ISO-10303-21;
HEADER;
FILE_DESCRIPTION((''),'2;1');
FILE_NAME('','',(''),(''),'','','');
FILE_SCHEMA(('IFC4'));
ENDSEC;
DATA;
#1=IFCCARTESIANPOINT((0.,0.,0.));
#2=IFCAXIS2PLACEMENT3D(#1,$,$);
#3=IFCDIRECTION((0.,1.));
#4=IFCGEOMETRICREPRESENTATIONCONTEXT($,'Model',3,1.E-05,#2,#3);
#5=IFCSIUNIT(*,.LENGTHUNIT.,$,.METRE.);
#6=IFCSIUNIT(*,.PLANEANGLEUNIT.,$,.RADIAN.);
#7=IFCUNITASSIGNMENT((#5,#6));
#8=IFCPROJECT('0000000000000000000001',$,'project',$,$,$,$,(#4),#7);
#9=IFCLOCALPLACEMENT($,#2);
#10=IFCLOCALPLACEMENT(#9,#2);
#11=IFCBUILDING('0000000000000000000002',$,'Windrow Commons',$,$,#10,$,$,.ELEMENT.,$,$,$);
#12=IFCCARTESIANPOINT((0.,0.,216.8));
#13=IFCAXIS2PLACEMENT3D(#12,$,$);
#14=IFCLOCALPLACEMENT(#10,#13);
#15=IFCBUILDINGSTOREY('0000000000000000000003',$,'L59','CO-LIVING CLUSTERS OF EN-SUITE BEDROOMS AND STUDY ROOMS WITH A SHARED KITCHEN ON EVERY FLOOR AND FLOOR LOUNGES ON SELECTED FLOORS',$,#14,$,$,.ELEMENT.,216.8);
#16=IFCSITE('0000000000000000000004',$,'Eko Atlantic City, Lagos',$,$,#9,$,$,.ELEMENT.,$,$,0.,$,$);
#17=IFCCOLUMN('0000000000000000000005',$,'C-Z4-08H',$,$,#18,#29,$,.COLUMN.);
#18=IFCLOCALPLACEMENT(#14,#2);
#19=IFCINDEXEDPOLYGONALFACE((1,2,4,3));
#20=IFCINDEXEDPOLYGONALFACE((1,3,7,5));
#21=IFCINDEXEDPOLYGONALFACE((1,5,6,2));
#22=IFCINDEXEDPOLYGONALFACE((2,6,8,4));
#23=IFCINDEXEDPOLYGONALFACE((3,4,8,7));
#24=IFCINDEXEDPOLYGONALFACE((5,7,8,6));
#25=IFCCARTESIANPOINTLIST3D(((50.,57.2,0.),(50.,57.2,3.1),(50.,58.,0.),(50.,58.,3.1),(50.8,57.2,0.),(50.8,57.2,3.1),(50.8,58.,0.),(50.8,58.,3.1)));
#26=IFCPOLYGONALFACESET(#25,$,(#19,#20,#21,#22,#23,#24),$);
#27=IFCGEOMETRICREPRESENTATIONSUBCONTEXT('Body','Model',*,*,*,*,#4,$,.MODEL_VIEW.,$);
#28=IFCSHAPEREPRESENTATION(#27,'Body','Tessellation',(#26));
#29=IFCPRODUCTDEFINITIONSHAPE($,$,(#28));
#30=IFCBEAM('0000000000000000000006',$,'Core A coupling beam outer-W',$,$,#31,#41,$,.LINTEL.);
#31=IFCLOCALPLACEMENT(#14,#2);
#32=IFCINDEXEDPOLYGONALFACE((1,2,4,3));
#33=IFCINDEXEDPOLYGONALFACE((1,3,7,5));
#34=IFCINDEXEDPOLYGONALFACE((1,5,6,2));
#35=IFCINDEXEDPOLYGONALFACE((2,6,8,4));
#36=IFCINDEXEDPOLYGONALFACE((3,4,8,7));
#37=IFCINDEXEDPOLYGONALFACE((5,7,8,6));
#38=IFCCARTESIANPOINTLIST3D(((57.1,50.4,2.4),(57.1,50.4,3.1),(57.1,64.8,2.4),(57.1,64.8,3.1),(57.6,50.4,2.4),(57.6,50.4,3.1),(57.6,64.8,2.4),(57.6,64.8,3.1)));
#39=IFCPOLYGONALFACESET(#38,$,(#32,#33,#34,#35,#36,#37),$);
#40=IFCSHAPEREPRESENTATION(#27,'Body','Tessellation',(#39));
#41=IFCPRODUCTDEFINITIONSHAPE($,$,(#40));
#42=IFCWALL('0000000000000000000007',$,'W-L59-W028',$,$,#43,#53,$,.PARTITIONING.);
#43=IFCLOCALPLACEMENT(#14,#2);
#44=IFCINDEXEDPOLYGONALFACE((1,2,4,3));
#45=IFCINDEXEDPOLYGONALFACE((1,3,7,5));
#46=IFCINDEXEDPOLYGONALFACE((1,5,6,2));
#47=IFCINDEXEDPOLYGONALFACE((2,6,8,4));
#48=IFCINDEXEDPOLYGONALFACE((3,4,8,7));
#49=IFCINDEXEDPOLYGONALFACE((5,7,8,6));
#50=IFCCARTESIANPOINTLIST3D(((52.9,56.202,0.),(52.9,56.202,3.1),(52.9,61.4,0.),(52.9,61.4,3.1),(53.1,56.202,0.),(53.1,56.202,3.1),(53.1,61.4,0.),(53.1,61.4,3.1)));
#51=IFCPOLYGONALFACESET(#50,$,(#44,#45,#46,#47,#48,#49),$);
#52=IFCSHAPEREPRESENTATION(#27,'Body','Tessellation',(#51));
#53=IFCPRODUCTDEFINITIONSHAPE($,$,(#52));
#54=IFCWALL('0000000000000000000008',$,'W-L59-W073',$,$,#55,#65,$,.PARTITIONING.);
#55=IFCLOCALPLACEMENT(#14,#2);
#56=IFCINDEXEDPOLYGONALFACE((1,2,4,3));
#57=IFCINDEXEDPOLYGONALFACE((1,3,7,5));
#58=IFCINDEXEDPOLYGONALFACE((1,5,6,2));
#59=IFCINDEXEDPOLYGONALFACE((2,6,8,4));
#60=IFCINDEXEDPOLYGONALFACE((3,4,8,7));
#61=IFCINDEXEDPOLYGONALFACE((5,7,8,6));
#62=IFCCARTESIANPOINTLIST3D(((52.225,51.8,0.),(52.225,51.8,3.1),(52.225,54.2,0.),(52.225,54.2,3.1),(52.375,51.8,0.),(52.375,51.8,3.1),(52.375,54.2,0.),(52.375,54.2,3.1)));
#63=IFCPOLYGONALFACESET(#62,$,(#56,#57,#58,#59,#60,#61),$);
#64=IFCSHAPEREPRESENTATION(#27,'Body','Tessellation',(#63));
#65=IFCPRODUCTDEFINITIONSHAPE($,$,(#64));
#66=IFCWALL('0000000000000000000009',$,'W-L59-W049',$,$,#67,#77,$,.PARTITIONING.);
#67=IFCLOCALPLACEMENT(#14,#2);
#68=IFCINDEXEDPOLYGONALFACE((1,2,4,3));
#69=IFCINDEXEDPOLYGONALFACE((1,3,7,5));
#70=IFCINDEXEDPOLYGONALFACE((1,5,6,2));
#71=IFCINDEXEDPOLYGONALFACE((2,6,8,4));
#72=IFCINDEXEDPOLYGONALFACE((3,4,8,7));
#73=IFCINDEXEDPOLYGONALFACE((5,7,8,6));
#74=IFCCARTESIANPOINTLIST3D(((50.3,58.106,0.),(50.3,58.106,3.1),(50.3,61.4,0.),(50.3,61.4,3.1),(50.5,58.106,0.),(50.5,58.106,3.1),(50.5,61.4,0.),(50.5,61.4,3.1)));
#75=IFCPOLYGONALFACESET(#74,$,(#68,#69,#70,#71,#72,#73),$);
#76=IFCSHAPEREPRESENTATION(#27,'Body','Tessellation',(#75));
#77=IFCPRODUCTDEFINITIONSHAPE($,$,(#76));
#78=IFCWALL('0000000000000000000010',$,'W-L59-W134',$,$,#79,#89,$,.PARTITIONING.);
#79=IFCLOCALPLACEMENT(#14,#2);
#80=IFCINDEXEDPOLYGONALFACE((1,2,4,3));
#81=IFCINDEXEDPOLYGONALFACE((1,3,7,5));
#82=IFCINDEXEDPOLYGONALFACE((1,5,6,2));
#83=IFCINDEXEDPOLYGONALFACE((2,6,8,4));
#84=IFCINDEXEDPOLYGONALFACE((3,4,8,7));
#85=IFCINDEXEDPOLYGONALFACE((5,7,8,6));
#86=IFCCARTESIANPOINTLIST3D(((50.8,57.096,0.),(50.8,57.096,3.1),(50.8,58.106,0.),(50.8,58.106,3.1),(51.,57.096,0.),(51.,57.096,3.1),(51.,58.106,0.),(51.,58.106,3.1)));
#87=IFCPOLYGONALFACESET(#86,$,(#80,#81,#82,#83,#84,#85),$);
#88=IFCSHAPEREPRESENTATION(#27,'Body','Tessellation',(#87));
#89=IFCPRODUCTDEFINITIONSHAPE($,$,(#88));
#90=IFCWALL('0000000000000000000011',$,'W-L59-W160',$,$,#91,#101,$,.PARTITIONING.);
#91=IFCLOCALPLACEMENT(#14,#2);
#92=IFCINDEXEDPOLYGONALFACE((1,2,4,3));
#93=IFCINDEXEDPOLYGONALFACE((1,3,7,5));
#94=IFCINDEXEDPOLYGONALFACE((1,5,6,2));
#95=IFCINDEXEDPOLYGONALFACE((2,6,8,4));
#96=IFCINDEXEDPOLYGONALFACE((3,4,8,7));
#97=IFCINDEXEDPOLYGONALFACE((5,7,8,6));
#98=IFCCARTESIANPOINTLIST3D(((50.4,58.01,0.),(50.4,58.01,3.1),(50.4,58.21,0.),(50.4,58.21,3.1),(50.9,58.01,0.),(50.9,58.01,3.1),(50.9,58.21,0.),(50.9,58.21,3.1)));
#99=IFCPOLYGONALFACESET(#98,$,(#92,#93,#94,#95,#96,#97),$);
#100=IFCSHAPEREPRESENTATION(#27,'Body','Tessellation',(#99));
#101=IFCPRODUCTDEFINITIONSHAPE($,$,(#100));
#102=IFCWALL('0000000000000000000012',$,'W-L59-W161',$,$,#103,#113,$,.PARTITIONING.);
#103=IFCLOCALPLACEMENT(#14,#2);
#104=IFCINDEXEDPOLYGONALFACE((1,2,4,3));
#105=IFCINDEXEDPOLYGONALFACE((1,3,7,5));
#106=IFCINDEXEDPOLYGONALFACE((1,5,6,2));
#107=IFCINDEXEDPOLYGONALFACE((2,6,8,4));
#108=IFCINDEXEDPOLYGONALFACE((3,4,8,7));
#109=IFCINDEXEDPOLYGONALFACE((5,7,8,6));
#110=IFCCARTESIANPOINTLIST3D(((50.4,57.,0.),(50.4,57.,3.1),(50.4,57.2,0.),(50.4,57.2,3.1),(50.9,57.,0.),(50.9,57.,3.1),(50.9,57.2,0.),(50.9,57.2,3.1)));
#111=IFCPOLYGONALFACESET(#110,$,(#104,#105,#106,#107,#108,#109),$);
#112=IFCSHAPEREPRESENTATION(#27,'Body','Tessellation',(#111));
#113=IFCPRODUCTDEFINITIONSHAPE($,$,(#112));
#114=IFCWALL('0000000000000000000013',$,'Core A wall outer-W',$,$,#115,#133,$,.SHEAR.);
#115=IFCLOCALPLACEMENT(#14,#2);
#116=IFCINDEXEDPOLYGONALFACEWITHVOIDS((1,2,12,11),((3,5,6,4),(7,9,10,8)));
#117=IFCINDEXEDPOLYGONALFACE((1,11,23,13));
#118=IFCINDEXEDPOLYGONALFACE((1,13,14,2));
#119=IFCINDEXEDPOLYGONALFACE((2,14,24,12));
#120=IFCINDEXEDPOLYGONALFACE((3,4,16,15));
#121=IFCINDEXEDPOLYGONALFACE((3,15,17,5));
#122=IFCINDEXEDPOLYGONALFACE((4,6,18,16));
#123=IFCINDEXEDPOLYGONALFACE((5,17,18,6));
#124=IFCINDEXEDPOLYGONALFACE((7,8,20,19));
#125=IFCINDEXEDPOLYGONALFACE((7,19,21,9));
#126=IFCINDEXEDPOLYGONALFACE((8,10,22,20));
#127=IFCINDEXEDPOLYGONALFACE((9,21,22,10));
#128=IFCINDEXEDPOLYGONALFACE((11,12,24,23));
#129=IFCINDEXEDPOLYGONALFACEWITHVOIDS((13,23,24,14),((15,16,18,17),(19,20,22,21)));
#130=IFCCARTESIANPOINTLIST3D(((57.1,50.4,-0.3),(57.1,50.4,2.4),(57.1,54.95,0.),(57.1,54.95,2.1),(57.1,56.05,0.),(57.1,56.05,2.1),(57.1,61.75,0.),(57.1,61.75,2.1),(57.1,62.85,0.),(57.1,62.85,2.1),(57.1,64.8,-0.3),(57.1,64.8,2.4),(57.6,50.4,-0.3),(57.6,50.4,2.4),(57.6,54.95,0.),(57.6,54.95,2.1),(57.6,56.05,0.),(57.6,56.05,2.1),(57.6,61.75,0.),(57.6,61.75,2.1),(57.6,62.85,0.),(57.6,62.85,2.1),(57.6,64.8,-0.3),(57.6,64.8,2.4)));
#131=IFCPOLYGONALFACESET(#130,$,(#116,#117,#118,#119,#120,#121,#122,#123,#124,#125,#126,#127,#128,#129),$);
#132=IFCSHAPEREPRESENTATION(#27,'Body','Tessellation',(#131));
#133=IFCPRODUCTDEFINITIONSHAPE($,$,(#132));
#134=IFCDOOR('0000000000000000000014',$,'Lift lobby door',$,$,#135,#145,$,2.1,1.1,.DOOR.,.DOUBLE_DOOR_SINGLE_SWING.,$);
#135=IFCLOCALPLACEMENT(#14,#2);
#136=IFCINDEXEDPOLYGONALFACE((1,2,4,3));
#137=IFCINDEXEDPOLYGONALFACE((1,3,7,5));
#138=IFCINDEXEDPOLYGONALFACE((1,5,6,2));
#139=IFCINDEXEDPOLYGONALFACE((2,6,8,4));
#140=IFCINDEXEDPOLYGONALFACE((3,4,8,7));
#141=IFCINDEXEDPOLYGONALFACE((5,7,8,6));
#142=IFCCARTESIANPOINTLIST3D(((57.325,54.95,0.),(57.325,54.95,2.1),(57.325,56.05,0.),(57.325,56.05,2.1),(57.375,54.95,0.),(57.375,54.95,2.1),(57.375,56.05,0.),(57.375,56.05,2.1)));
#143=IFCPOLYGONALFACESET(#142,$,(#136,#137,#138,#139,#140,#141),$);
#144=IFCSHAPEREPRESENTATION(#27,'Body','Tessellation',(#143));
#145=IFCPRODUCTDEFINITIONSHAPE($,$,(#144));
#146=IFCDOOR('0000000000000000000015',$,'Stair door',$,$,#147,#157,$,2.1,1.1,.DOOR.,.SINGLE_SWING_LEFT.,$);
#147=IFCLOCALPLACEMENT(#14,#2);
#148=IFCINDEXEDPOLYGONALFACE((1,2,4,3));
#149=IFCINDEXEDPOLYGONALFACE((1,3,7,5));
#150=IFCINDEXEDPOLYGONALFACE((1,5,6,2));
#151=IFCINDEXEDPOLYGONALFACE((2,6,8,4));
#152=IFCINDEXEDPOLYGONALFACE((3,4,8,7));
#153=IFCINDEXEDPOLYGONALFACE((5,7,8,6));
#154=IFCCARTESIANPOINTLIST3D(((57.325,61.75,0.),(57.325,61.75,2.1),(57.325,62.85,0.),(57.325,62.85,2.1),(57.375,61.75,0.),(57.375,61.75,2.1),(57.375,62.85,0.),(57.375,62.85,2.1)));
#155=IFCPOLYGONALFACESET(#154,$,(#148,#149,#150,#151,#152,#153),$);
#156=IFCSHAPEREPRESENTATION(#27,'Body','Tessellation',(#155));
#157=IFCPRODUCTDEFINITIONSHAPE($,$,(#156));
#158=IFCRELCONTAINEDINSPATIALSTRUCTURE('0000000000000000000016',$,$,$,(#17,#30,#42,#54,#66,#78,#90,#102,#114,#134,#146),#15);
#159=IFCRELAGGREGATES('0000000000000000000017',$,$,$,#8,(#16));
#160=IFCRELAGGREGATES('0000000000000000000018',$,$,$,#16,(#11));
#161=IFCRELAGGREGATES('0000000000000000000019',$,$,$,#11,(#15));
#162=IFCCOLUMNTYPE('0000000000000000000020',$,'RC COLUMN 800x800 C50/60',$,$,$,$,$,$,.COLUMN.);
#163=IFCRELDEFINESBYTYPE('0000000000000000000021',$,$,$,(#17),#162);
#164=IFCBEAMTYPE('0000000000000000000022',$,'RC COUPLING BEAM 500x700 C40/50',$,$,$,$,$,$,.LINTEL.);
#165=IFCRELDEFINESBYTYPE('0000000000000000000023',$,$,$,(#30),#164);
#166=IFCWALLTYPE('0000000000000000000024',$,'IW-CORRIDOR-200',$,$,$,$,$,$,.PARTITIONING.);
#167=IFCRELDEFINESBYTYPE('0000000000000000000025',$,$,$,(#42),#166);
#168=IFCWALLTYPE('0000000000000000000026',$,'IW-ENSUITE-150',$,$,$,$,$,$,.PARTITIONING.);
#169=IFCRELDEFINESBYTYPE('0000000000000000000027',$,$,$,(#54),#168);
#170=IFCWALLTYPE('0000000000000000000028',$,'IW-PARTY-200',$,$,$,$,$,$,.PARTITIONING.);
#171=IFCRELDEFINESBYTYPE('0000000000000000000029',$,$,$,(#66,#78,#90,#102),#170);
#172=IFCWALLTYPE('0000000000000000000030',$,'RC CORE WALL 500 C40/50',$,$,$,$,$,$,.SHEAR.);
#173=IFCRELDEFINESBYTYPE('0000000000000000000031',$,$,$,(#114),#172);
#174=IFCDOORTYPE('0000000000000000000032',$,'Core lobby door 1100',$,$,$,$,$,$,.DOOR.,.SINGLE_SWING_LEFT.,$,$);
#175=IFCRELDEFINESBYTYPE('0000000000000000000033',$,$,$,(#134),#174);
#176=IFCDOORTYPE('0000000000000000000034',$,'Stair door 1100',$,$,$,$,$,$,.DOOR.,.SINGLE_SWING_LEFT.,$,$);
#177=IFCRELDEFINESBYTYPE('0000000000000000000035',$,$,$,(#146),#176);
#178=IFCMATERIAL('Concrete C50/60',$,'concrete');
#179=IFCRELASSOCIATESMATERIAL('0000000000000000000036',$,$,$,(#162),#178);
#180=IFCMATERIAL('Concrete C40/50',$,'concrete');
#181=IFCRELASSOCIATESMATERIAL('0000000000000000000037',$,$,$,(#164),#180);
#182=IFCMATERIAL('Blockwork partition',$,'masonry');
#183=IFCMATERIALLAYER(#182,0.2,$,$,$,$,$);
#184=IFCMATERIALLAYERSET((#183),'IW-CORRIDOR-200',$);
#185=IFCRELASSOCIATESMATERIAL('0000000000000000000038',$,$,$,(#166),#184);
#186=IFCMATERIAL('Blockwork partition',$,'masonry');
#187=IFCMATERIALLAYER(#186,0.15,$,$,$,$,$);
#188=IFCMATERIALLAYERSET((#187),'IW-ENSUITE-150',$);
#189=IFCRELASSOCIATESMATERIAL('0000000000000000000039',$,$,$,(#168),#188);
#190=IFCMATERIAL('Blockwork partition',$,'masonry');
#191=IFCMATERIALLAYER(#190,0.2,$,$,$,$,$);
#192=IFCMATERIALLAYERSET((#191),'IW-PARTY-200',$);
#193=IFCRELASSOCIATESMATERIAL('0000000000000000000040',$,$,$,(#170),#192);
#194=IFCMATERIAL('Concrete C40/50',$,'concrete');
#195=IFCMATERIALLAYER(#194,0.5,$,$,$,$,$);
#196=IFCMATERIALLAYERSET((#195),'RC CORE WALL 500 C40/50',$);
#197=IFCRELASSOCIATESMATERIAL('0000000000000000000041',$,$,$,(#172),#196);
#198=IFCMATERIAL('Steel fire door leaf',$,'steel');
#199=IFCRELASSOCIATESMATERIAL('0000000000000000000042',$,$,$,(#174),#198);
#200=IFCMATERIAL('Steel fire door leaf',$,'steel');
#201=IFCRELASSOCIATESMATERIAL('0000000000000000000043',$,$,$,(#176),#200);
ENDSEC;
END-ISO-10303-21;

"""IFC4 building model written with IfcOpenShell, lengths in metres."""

from ifc_helpers import new_model, si_unit, direction, frame, frame_2d, origin, origin_2d, place, context, subcontext, project, spatial, rectangle, extrude, material, layer, layer_set, material_profile, profile_set, type_object, element, fill, save


model = new_model("IFC4")

# Units and contexts
model_context = context("Model", 3, precision=1e-05, world=origin(), true_north=direction((0.0, 1.0)))
body_context = subcontext(model_context, "Body", "Model", "MODEL_VIEW")
ifc_project = project(units=[si_unit("LENGTHUNIT", "METRE"), si_unit("PLANEANGLEUNIT", "RADIAN")], contexts=[model_context])

# Site, building, storey
site_placement = place(None, origin())
site = spatial("IfcSite", under=ifc_project, at=site_placement, Name="Eko Atlantic City, Lagos", CompositionType="ELEMENT", RefElevation=0.0)
building_placement = place(site_placement, origin())
building = spatial("IfcBuilding", under=site, at=building_placement, Name="Windrow Commons", CompositionType="ELEMENT")
storey_placement = place(building_placement, frame((0.0, 0.0, 216.8)))
storey = spatial("IfcBuildingStorey", under=building, at=storey_placement, Name="L59", Description="CO-LIVING CLUSTERS OF EN-SUITE BEDROOMS AND STUDY ROOMS WITH A SHARED KITCHEN ON EVERY FLOOR AND FLOOR LOUNGES ON SELECTED FLOORS", CompositionType="ELEMENT", Elevation=216.8)

# Column
ifc_material_1 = material(Name="Concrete C50/60", Category="concrete")
ifc_material_profile_1 = material_profile(ifc_material_1, rectangle(XDim=0.8, YDim=0.8, at=origin_2d()))
ifc_profile_set_1 = profile_set([ifc_material_profile_1], Name="Concrete C50/60")
column_type = type_object("IfcColumnType", Name="RC COLUMN 800x800 C50/60", PredefinedType="COLUMN", material=ifc_profile_set_1)
column_placement = place(storey_placement, frame((50.4, 57.6, 0.0), z_axis=(0.0, 0.0, 1.0), x_axis=(1.0, 0.0, 0.0)))
element("IfcColumn", 1, at=column_placement, inside=storey, type_object=column_type, Name="C-Z4-08H", PredefinedType="COLUMN", context=body_context, shape_type="SweptSolid", body=[
    extrude(rectangle(XDim=0.8, YDim=0.8, at=origin_2d()), origin(), (0.0, 0.0, 1.0), 3.1),
])

# Beam
ifc_material_2 = material(Name="Concrete C40/50", Category="concrete")
ifc_material_profile_2 = material_profile(ifc_material_2, rectangle(XDim=0.5, YDim=0.7, at=origin_2d()))
ifc_profile_set_2 = profile_set([ifc_material_profile_2], Name="Concrete C40/50")
beam_type = type_object("IfcBeamType", Name="RC COUPLING BEAM 500x700 C40/50", PredefinedType="LINTEL", material=ifc_profile_set_2)
beam_placement = place(storey_placement, frame((57.35, 50.4, 2.75), z_axis=(0.0, 1.0, 0.0), x_axis=(-1.0, 0.0, 0.0)))
element("IfcBeam", 2, at=beam_placement, inside=storey, type_object=beam_type, Name="Core A coupling beam outer-W", PredefinedType="LINTEL", context=body_context, shape_type="SweptSolid", body=[
    extrude(rectangle(XDim=0.5, YDim=0.7, at=origin_2d()), origin(), (0.0, 0.0, 1.0), 14.4),
])

# Walls
ifc_material_3 = material(Name="Blockwork partition", Category="masonry")
ifc_layer_1 = layer(ifc_material_3, 0.2)
ifc_layer_set_1 = layer_set([ifc_layer_1], Name="IW-CORRIDOR-200")
wall_type_1 = type_object("IfcWallType", Name="IW-CORRIDOR-200", PredefinedType="PARTITIONING", material=ifc_layer_set_1)
wall_1_placement = place(storey_placement, frame((53.0, 56.202, 0.0), z_axis=(0.0, 0.0, 1.0), x_axis=(0.0, 1.0, 0.0)))
element("IfcWall", 3, at=wall_1_placement, inside=storey, type_object=wall_type_1, Name="W-L59-W028", PredefinedType="PARTITIONING", context=body_context, shape_type="SweptSolid", body=[
    extrude(rectangle(XDim=5.198, YDim=0.2, at=frame_2d((2.599, 0.0))), origin(), (0.0, 0.0, 1.0), 3.1),
])
ifc_material_4 = material(Name="Blockwork partition", Category="masonry")
ifc_layer_2 = layer(ifc_material_4, 0.15)
ifc_layer_set_2 = layer_set([ifc_layer_2], Name="IW-ENSUITE-150")
wall_type_2 = type_object("IfcWallType", Name="IW-ENSUITE-150", PredefinedType="PARTITIONING", material=ifc_layer_set_2)
wall_2_placement = place(storey_placement, frame((52.3, 51.8, 0.0), z_axis=(0.0, 0.0, 1.0), x_axis=(0.0, 1.0, 0.0)))
element("IfcWall", 4, at=wall_2_placement, inside=storey, type_object=wall_type_2, Name="W-L59-W073", PredefinedType="PARTITIONING", context=body_context, shape_type="SweptSolid", body=[
    extrude(rectangle(XDim=2.4, YDim=0.15, at=frame_2d((1.2, 0.0))), origin(), (0.0, 0.0, 1.0), 3.1),
])
ifc_material_5 = material(Name="Blockwork partition", Category="masonry")
ifc_layer_3 = layer(ifc_material_5, 0.2)
ifc_layer_set_3 = layer_set([ifc_layer_3], Name="IW-PARTY-200")
wall_type_3 = type_object("IfcWallType", Name="IW-PARTY-200", PredefinedType="PARTITIONING", material=ifc_layer_set_3)
wall_3_placement = place(storey_placement, frame((50.4, 58.106, 0.0), z_axis=(0.0, 0.0, 1.0), x_axis=(0.0, 1.0, 0.0)))
element("IfcWall", 5, at=wall_3_placement, inside=storey, type_object=wall_type_3, Name="W-L59-W049", PredefinedType="PARTITIONING", context=body_context, shape_type="SweptSolid", body=[
    extrude(rectangle(XDim=3.294, YDim=0.2, at=frame_2d((1.647, 0.0))), origin(), (0.0, 0.0, 1.0), 3.1),
])
wall_4_placement = place(storey_placement, frame((50.9, 57.096, 0.0), z_axis=(0.0, 0.0, 1.0), x_axis=(0.0, 1.0, 0.0)))
element("IfcWall", 6, at=wall_4_placement, inside=storey, type_object=wall_type_3, Name="W-L59-W134", PredefinedType="PARTITIONING", context=body_context, shape_type="SweptSolid", body=[
    extrude(rectangle(XDim=1.01, YDim=0.2, at=frame_2d((0.505, 0.0))), origin(), (0.0, 0.0, 1.0), 3.1),
])
for number, where, z_axis, x_axis, name in (
    (7, (50.4, 58.11, 0.0), (0.0, 0.0, 1.0), (1.0, 0.0, 0.0), "W-L59-W160"),
    (8, (50.4, 57.1, 0.0), (0.0, 0.0, 1.0), (1.0, 0.0, 0.0), "W-L59-W161"),
):
    element("IfcWall", number, at=place(storey_placement, frame(where, z_axis=z_axis, x_axis=x_axis)), inside=storey, type_object=wall_type_3, Name=name, PredefinedType="PARTITIONING", context=body_context, shape_type="SweptSolid", body=[
        extrude(rectangle(XDim=0.5, YDim=0.2, at=frame_2d((0.25, 0.0))), origin(), (0.0, 0.0, 1.0), 3.1),
    ])

# Wall, openings, doors
ifc_material_6 = material(Name="Concrete C40/50", Category="concrete")
ifc_layer_4 = layer(ifc_material_6, 0.5)
ifc_layer_set_4 = layer_set([ifc_layer_4], Name="RC CORE WALL 500 C40/50")
wall_type_4 = type_object("IfcWallType", Name="RC CORE WALL 500 C40/50", PredefinedType="SHEAR", material=ifc_layer_set_4)
wall_5_placement = place(storey_placement, frame((57.35, 50.4, -0.3), z_axis=(0.0, 0.0, 1.0), x_axis=(0.0, 1.0, 0.0)))
wall_5 = element("IfcWall", 9, at=wall_5_placement, inside=storey, type_object=wall_type_4, Name="Core A wall outer-W", PredefinedType="SHEAR", context=body_context, shape_type="SweptSolid", body=[
    extrude(rectangle(XDim=14.4, YDim=0.5, at=frame_2d((7.2, 0.0))), origin(), (0.0, 0.0, 1.0), 2.7),
])
opening_1_placement = place(wall_5_placement, frame((4.55, 0.0, 0.3)))
opening_1 = element("IfcOpeningElement", 10, at=opening_1_placement, cuts=wall_5, PredefinedType="OPENING", context=body_context, shape_type="SweptSolid", body=[
    extrude(rectangle(XDim=1.1, YDim=2.1, at=frame_2d((0.55, 1.05))), frame((0.0, 0.26, 0.0), z_axis=(0.0, -1.0, 0.0), x_axis=(1.0, 0.0, 0.0)), (0.0, 0.0, 1.0), 0.52),
])
opening_2_placement = place(wall_5_placement, frame((11.35, 0.0, 0.3)))
opening_2 = element("IfcOpeningElement", 11, at=opening_2_placement, cuts=wall_5, PredefinedType="OPENING", context=body_context, shape_type="SweptSolid", body=[
    extrude(rectangle(XDim=1.1, YDim=2.1, at=frame_2d((0.55, 1.05))), frame((0.0, 0.26, 0.0), z_axis=(0.0, -1.0, 0.0), x_axis=(1.0, 0.0, 0.0)), (0.0, 0.0, 1.0), 0.52),
])
ifc_material_7 = material(Name="Steel fire door leaf", Category="steel")
door_type_1 = type_object("IfcDoorType", Name="Core lobby door 1100", OperationType="SINGLE_SWING_LEFT", PredefinedType="DOOR", material=ifc_material_7)
door_1_placement = place(opening_1_placement, origin())
door_1 = element("IfcDoor", 12, at=door_1_placement, inside=storey, type_object=door_type_1, Name="Lift lobby door", OperationType="DOUBLE_DOOR_SINGLE_SWING", OverallHeight=2.1, OverallWidth=1.1, PredefinedType="DOOR", context=body_context, shape_type="SweptSolid", body=[
    extrude(rectangle(XDim=1.1, YDim=2.1, at=frame_2d((0.55, 1.05))), frame((0.0, 0.025, 0.0), z_axis=(0.0, -1.0, 0.0), x_axis=(1.0, 0.0, 0.0)), (0.0, 0.0, 1.0), 0.05),
])
fill(opening_1, door_1)
ifc_material_8 = material(Name="Steel fire door leaf", Category="steel")
door_type_2 = type_object("IfcDoorType", Name="Stair door 1100", OperationType="SINGLE_SWING_LEFT", PredefinedType="DOOR", material=ifc_material_8)
door_2_placement = place(opening_2_placement, origin())
door_2 = element("IfcDoor", 13, at=door_2_placement, inside=storey, type_object=door_type_2, Name="Stair door", OperationType="SINGLE_SWING_LEFT", OverallHeight=2.1, OverallWidth=1.1, PredefinedType="DOOR", context=body_context, shape_type="SweptSolid", body=[
    extrude(rectangle(XDim=1.1, YDim=2.1, at=frame_2d((0.55, 1.05))), frame((0.0, 0.025, 0.0), z_axis=(0.0, -1.0, 0.0), x_axis=(1.0, 0.0, 0.0)), (0.0, 0.0, 1.0), 0.05),
])
fill(opening_2, door_2)

save(model, "model.ifc")
